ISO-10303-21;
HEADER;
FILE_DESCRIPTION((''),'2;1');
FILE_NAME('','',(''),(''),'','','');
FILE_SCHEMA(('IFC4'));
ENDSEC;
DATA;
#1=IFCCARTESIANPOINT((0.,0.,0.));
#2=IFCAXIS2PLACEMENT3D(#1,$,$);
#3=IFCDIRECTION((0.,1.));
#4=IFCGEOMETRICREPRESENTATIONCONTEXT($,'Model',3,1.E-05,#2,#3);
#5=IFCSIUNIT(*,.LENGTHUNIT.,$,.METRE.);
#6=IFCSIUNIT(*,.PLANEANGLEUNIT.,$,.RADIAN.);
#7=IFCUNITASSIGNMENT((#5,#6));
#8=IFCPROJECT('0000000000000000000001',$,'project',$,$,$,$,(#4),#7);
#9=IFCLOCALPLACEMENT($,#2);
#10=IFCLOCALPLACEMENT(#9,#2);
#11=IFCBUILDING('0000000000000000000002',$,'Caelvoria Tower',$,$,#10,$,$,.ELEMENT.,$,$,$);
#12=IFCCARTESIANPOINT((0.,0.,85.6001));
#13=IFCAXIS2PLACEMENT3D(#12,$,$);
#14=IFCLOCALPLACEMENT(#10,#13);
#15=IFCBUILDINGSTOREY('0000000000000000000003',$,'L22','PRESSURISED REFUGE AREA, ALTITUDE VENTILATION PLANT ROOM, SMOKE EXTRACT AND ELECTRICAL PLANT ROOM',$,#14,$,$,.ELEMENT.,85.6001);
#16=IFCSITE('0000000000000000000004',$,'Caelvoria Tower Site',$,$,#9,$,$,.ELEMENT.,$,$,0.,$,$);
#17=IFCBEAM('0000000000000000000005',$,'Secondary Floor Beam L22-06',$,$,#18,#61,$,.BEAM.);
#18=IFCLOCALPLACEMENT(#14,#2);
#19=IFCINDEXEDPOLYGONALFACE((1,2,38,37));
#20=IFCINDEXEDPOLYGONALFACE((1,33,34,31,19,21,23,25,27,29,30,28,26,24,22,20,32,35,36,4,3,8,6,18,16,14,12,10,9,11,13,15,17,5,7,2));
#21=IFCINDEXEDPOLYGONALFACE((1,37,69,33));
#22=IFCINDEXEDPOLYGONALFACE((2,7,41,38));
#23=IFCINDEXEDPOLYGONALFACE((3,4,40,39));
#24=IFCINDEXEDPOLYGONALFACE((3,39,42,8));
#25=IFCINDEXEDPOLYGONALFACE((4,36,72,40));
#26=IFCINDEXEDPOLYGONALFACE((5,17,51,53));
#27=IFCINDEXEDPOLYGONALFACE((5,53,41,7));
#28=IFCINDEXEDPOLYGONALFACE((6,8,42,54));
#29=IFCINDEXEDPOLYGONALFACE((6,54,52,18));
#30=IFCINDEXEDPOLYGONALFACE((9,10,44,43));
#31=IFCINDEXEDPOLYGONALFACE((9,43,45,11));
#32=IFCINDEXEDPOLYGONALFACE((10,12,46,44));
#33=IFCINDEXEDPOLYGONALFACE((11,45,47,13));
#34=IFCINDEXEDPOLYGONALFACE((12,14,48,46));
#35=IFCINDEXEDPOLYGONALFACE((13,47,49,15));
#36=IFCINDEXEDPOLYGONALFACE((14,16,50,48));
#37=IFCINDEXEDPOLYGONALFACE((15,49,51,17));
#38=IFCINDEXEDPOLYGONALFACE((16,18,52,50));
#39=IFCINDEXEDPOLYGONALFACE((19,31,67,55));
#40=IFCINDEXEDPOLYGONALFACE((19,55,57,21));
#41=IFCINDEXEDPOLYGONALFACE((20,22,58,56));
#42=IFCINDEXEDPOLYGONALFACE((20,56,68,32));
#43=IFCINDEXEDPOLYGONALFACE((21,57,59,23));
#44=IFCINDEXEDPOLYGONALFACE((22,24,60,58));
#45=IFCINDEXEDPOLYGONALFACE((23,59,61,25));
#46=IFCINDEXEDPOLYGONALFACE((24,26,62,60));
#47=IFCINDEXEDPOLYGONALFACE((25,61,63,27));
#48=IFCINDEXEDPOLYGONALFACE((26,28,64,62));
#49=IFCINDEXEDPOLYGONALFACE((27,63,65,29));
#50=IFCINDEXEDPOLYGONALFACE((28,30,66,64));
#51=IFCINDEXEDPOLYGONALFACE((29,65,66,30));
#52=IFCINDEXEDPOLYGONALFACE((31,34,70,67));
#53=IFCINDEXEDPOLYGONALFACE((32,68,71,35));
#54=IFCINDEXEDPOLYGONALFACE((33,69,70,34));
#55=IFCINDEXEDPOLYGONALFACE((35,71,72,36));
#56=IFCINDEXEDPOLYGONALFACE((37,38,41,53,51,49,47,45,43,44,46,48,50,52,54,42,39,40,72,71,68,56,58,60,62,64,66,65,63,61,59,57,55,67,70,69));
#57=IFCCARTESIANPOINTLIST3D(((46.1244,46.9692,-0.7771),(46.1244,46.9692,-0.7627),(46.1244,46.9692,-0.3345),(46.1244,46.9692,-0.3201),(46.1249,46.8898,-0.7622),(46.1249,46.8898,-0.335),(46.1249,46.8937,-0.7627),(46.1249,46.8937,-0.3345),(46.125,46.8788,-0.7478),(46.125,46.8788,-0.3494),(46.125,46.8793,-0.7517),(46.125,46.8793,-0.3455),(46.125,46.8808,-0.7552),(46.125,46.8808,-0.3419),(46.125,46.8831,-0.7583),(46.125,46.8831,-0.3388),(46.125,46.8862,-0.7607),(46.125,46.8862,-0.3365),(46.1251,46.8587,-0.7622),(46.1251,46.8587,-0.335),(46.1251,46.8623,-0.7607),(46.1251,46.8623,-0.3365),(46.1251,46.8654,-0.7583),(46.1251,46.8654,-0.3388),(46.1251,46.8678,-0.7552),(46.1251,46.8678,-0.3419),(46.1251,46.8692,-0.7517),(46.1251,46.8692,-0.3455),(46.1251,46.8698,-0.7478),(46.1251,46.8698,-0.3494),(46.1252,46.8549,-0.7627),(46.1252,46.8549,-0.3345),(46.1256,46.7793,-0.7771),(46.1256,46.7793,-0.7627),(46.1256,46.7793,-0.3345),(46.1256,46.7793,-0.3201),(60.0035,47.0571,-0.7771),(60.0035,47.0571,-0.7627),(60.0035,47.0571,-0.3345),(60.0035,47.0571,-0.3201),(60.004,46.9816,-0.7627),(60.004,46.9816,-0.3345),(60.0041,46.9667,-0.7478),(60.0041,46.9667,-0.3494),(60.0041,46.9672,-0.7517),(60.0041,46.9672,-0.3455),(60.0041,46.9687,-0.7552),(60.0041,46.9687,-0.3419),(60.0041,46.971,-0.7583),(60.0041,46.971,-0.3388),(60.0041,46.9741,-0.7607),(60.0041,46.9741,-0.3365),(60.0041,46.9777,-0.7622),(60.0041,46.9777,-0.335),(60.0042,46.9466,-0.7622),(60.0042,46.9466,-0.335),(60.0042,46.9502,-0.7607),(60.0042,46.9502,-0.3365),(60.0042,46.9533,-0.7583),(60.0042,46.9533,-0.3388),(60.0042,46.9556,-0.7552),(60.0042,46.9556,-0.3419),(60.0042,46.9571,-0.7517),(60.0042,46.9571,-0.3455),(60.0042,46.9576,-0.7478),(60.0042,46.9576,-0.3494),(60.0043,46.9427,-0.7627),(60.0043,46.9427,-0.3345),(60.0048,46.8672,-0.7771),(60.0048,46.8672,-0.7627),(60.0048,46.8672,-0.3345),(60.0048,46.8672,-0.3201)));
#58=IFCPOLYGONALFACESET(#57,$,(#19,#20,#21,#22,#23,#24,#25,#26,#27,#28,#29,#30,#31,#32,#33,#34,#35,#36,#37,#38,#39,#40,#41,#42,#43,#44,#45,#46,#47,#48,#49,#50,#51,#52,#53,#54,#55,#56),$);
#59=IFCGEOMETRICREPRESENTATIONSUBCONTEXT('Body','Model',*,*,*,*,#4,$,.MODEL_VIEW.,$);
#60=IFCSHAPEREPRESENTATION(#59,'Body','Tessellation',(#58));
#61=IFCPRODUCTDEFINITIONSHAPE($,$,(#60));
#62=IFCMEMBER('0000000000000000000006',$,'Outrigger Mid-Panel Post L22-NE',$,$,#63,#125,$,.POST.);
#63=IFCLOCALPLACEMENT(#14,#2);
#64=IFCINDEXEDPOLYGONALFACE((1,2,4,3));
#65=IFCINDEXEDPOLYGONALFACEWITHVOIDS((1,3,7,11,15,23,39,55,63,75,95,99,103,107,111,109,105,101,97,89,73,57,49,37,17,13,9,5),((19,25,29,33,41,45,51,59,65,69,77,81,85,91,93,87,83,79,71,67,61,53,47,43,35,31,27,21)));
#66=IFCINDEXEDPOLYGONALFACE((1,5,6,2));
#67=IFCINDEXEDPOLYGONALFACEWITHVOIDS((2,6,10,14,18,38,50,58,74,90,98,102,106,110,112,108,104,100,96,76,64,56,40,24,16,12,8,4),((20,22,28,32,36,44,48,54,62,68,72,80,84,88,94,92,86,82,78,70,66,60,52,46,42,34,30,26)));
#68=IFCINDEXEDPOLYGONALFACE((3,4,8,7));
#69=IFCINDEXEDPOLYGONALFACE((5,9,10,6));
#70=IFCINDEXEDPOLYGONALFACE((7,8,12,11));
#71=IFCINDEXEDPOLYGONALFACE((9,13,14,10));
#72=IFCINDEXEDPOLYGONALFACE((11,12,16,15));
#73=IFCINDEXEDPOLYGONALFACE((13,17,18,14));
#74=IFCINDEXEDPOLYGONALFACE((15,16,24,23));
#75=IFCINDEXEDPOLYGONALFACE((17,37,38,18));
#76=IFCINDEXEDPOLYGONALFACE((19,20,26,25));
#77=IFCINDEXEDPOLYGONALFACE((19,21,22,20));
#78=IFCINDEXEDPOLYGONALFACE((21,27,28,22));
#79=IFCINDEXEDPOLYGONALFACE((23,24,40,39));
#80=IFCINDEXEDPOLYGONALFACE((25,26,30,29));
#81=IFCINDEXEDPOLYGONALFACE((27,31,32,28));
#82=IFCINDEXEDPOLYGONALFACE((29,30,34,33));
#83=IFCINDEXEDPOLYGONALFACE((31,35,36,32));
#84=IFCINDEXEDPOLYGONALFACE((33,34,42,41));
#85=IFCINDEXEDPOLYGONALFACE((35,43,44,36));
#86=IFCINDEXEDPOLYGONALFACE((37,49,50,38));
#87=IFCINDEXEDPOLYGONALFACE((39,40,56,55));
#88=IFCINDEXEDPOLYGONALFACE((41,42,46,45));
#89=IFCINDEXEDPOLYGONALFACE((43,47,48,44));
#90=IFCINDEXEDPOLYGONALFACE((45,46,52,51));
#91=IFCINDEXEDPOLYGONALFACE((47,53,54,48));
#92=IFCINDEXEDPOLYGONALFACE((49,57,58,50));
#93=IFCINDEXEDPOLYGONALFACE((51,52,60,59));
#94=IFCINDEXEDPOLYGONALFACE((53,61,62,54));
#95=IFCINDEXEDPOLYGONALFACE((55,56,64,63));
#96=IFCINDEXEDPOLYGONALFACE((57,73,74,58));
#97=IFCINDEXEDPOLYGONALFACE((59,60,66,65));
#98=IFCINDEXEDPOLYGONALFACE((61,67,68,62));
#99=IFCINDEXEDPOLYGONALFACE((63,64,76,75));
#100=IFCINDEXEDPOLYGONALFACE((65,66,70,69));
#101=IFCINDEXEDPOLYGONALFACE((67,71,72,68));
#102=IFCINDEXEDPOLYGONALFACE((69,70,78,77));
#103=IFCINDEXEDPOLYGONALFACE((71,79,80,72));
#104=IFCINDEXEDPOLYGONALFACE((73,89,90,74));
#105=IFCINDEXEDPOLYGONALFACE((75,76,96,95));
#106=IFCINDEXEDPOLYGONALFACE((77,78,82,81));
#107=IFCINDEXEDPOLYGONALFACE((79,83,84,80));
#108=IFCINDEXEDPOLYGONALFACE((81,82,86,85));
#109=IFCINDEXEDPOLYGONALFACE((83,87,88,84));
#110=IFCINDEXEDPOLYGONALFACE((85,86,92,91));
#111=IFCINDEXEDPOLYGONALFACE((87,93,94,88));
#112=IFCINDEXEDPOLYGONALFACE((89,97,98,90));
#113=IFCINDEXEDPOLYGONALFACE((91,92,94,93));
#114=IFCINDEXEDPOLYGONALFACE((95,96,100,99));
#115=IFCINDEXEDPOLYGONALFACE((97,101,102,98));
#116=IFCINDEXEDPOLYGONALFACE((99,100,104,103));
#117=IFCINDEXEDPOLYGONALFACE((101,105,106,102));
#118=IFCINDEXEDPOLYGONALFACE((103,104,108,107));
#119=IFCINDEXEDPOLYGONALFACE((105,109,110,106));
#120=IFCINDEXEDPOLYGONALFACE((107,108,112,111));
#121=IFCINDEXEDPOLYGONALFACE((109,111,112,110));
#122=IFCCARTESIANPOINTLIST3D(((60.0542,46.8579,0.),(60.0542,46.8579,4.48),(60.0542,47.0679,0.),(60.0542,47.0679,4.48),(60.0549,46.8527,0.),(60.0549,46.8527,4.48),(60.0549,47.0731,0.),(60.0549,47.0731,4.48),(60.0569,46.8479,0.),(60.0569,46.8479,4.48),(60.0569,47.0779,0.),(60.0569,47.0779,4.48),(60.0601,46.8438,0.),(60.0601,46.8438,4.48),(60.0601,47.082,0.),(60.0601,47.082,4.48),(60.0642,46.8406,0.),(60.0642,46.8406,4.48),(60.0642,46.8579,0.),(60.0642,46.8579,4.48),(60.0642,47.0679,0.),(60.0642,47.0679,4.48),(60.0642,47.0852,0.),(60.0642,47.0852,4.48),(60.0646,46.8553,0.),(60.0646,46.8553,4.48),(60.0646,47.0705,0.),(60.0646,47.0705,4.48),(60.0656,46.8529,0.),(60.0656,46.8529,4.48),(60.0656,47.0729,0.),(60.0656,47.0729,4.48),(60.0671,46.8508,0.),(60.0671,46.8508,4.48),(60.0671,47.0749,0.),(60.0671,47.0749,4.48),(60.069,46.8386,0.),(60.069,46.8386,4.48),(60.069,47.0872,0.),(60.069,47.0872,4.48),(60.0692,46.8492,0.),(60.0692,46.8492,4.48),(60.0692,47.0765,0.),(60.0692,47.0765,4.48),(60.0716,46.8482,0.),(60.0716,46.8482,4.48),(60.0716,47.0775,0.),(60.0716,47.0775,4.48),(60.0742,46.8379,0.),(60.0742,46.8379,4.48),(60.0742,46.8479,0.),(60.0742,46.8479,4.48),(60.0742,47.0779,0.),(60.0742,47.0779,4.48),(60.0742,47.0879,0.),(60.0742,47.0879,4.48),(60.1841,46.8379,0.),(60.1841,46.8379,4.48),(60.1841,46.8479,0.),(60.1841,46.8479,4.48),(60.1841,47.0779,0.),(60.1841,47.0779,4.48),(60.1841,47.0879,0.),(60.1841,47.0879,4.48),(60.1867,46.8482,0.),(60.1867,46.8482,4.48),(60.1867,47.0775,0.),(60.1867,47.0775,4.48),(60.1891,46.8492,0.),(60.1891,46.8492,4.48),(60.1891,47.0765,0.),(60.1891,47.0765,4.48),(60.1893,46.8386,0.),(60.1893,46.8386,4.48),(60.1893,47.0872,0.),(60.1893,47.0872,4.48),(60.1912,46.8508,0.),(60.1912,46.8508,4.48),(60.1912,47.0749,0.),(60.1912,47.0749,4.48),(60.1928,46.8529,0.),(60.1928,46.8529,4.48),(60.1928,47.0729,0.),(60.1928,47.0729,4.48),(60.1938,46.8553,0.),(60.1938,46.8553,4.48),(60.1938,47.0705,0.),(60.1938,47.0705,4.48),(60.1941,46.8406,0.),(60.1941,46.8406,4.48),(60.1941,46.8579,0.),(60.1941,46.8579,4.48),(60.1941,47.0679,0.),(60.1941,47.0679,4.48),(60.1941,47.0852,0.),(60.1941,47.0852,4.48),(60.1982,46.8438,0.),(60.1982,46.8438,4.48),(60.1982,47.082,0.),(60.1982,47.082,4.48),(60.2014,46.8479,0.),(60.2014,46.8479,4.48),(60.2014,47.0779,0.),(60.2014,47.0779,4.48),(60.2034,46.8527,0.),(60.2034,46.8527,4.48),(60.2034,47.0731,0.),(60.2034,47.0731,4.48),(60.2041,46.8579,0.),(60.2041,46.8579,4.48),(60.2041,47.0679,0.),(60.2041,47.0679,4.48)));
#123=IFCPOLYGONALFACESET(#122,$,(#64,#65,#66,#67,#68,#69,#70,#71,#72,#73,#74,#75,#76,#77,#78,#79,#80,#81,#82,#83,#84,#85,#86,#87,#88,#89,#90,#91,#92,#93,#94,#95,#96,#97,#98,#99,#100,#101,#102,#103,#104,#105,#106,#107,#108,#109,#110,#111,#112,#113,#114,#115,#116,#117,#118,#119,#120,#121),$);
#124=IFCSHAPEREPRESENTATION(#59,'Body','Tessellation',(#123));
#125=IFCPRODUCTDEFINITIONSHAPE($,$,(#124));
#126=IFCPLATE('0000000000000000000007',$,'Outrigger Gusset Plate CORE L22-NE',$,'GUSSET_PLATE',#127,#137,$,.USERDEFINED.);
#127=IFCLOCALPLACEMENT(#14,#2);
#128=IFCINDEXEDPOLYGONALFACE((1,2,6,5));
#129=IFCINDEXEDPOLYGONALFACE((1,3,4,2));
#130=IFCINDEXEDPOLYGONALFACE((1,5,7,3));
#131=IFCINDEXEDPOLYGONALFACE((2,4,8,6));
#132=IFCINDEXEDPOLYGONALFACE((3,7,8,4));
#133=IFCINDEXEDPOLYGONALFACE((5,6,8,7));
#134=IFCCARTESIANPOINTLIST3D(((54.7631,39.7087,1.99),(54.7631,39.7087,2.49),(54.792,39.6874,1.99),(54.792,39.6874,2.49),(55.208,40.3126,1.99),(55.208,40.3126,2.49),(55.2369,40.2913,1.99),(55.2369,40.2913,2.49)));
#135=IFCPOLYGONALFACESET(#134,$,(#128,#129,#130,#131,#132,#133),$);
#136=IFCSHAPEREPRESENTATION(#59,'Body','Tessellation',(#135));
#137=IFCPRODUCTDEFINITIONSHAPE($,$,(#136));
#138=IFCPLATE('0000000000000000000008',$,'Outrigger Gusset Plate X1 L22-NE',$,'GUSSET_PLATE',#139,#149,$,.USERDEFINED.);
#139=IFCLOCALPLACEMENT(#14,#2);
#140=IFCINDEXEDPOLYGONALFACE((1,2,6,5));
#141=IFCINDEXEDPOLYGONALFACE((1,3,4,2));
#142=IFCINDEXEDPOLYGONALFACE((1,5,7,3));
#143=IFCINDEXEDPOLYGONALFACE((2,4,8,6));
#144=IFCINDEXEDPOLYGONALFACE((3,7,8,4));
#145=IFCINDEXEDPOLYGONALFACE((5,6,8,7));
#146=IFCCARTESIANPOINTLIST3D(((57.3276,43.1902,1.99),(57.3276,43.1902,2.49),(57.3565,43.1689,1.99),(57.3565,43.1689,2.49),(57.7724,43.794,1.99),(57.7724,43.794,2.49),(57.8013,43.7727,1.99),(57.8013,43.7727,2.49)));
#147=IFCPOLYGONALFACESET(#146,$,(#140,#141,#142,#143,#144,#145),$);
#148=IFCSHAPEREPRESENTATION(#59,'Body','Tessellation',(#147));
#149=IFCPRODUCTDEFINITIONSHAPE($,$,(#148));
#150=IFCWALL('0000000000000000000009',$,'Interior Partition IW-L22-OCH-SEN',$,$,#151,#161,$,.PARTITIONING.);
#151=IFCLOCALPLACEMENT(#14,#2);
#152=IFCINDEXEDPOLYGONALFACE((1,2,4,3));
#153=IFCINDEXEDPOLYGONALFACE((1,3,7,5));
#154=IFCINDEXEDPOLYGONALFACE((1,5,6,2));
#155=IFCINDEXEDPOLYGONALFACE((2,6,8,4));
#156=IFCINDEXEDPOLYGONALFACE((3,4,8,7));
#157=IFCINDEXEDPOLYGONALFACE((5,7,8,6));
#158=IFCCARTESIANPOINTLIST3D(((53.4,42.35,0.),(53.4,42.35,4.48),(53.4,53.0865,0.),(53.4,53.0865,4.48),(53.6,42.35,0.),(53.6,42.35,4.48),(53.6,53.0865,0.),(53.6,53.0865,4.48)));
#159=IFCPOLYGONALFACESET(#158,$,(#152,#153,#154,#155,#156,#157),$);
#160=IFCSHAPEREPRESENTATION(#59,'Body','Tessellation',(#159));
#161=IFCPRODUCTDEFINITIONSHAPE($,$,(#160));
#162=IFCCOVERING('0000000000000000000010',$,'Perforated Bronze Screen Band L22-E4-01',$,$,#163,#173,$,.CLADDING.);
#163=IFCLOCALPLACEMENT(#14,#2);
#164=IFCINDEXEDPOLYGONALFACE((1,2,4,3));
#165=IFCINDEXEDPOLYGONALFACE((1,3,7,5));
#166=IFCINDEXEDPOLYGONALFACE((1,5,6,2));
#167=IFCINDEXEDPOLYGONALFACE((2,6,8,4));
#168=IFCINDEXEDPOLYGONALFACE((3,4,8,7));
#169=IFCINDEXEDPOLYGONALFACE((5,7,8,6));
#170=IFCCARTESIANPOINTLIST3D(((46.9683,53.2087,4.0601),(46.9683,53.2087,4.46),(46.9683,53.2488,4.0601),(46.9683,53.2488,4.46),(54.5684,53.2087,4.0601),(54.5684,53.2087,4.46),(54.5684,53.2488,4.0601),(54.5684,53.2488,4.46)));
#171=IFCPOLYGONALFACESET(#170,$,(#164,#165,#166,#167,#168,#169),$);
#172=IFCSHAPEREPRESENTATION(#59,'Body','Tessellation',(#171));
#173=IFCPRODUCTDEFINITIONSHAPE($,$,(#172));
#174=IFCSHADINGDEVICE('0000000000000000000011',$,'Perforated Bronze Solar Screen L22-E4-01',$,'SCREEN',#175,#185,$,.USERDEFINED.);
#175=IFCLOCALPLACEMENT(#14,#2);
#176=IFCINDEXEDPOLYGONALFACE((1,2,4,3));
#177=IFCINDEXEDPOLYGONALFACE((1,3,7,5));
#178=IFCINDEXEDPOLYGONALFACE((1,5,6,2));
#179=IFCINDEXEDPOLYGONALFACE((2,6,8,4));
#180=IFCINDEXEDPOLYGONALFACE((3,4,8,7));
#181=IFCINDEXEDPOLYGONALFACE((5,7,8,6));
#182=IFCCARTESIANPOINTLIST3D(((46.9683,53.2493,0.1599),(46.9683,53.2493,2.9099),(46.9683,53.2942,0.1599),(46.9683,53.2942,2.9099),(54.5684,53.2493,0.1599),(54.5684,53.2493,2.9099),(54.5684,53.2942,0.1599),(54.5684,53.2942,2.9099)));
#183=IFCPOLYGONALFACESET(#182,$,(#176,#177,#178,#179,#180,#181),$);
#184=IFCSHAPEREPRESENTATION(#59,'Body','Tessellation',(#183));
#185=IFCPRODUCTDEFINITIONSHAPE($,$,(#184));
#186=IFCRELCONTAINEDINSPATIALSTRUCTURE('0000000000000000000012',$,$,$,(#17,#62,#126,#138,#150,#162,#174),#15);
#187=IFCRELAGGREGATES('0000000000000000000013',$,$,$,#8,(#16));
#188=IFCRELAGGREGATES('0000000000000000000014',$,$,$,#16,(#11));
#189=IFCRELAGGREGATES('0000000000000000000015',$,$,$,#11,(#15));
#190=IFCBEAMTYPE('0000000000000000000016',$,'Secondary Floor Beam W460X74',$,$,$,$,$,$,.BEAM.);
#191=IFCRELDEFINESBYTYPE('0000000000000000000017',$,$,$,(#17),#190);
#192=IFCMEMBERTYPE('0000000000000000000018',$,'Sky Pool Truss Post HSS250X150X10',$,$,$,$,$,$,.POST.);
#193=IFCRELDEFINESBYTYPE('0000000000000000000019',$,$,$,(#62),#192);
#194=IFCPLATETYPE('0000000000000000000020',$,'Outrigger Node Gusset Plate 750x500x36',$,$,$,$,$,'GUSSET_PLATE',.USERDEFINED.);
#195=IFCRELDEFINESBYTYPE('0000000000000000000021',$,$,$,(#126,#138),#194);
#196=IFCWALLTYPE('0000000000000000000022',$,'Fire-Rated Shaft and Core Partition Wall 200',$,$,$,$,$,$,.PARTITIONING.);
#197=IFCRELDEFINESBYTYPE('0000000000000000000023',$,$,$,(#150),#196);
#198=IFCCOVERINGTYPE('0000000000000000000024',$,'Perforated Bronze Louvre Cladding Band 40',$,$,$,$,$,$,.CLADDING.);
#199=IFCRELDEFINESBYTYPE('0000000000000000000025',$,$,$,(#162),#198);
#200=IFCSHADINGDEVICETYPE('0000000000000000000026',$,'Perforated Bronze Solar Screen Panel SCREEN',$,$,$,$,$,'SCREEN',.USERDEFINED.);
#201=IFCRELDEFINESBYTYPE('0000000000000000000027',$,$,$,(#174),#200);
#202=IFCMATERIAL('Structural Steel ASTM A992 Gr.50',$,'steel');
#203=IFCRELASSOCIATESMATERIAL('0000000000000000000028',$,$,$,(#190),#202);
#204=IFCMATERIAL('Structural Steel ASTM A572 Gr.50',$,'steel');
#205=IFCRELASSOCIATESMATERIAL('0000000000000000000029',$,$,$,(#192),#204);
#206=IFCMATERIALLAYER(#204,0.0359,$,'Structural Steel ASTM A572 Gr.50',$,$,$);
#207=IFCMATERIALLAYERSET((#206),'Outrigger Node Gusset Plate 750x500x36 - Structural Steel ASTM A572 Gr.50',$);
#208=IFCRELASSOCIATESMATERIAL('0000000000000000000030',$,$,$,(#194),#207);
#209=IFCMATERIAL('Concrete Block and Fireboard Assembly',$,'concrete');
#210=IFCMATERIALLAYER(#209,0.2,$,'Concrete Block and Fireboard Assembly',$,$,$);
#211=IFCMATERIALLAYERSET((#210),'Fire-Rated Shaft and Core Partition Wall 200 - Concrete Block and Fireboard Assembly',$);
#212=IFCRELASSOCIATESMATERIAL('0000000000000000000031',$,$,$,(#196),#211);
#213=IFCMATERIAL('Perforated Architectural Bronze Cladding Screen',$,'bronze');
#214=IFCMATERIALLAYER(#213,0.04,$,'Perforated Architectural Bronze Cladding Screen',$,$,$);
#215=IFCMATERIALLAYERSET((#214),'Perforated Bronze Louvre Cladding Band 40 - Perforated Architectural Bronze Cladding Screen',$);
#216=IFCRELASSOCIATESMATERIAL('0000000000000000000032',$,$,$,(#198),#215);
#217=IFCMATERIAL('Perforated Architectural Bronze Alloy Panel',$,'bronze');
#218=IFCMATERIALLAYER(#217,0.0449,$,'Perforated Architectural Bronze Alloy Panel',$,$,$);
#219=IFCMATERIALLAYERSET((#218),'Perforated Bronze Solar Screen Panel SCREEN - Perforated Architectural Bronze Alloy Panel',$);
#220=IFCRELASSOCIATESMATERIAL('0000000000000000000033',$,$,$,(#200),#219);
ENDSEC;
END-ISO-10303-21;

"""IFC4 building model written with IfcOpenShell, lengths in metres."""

from ifc_helpers import new_model, si_unit, direction, frame, frame_2d, origin, origin_2d, place, context, subcontext, project, spatial, rectangle, hollow_rectangle, i_section, extrude, material, layer, layer_set, material_profile, profile_set, type_object, element, save


model = new_model("IFC4")

# Units and contexts
model_context = context("Model", 3, precision=1e-05, world=origin(), true_north=direction((0.0, 1.0)))
body_context = subcontext(model_context, "Body", "Model", "MODEL_VIEW")
ifc_project = project(units=[si_unit("LENGTHUNIT", "METRE"), si_unit("PLANEANGLEUNIT", "RADIAN")], contexts=[model_context])

# Site, building, storey
site_placement = place(None, origin())
site = spatial("IfcSite", under=ifc_project, at=site_placement, Name="Caelvoria Tower Site", CompositionType="ELEMENT", RefElevation=0.0)
building_placement = place(site_placement, origin())
building = spatial("IfcBuilding", under=site, at=building_placement, Name="Caelvoria Tower", CompositionType="ELEMENT")
storey_placement = place(building_placement, frame((0.0, 0.0, 85.6001)))
storey = spatial("IfcBuildingStorey", under=building, at=storey_placement, Name="L22", Description="PRESSURISED REFUGE AREA, ALTITUDE VENTILATION PLANT ROOM, SMOKE EXTRACT AND ELECTRICAL PLANT ROOM", CompositionType="ELEMENT", Elevation=85.6001)

# Shared definitions
ifc_material_1 = material(Name="Structural Steel ASTM A572 Gr.50", Category="steel")

# Beam
ifc_material_2 = material(Name="Structural Steel ASTM A992 Gr.50", Category="steel")
ifc_material_profile_1 = material_profile(ifc_material_2, i_section(OverallWidth=0.1899, OverallDepth=0.457, WebThickness=0.009, FlangeThickness=0.0144, FilletRadius=0.0149, at=origin_2d()), Name="Structural Steel ASTM A992 Gr.50")
ifc_profile_set_1 = profile_set([ifc_material_profile_1], Name="W460X74 - Structural Steel ASTM A992 Gr.50")
beam_type_1 = type_object("IfcBeamType", Name="Secondary Floor Beam W460X74", PredefinedType="BEAM", material=ifc_profile_set_1)
beam_1_placement = place(storey_placement, frame((60.0042, 46.9622, -0.5486), z_axis=(-0.99998, -0.006332, 0.0), x_axis=(0.006332, -0.99998, 0.0)))
element("IfcBeam", 1, at=beam_1_placement, inside=storey, type_object=beam_type_1, Name="Secondary Floor Beam L22-06", PredefinedType="BEAM", context=body_context, shape_type="SweptSolid", body=[
    extrude(i_section(OverallWidth=0.1899, OverallDepth=0.457, WebThickness=0.009, FlangeThickness=0.0144, FilletRadius=0.0149, at=origin_2d()), origin(), (0.0, 0.0, 1.0), 13.8794),
])

# Member
ifc_material_profile_2 = material_profile(ifc_material_1, hollow_rectangle(XDim=0.1499, YDim=0.25, WallThickness=0.01, InnerFilletRadius=0.01, OuterFilletRadius=0.02, at=origin_2d()), Name="Structural Steel ASTM A572 Gr.50")
ifc_profile_set_2 = profile_set([ifc_material_profile_2], Name="HSS250X150X10 - Structural Steel ASTM A572 Gr.50")
member_type_1 = type_object("IfcMemberType", Name="Sky Pool Truss Post HSS250X150X10", PredefinedType="POST", material=ifc_profile_set_2)
member_1_placement = place(storey_placement, frame((60.1292, 46.9629, 0.0), z_axis=(0.0, 0.0, 1.0), x_axis=(1.0, 0.0, 0.0)))
element("IfcMember", 2, at=member_1_placement, inside=storey, type_object=member_type_1, Name="Outrigger Mid-Panel Post L22-NE", PredefinedType="POST", context=body_context, shape_type="SweptSolid", body=[
    extrude(hollow_rectangle(XDim=0.1499, YDim=0.25, WallThickness=0.01, InnerFilletRadius=0.01, OuterFilletRadius=0.02, at=origin_2d()), origin(), (0.0, 0.0, 1.0), 4.48),
])

# Plates
ifc_layer_1 = layer(ifc_material_1, 0.0359, Name="Structural Steel ASTM A572 Gr.50")
ifc_layer_set_1 = layer_set([ifc_layer_1], Name="Outrigger Node Gusset Plate 750x500x36 - Structural Steel ASTM A572 Gr.50")
plate_type = type_object("IfcPlateType", Name="Outrigger Node Gusset Plate 750x500x36", ElementType="GUSSET_PLATE", PredefinedType="USERDEFINED", material=ifc_layer_set_1)
for number, where, z_axis, x_axis, name in (
    (3, (55.0, 40.0, 1.99), (0.0, 0.0, 1.0), (0.593093, 0.805134, 0.0), "Outrigger Gusset Plate CORE L22-NE"),
    (4, (57.5645, 43.4814, 1.99), (0.0, 0.0, 1.0), (0.593093, 0.805134, 0.0), "Outrigger Gusset Plate X1 L22-NE"),
):
    element("IfcPlate", number, at=place(storey_placement, frame(where, z_axis=z_axis, x_axis=x_axis)), inside=storey, type_object=plate_type, Name=name, ObjectType="GUSSET_PLATE", PredefinedType="USERDEFINED", context=body_context, shape_type="SweptSolid", body=[
        extrude(rectangle(XDim=0.75, YDim=0.0359, at=origin_2d()), origin(), (0.0, 0.0, 1.0), 0.5),
    ])

# Wall
ifc_material_3 = material(Name="Concrete Block and Fireboard Assembly", Category="concrete")
ifc_layer_2 = layer(ifc_material_3, 0.2, Name="Concrete Block and Fireboard Assembly")
ifc_layer_set_2 = layer_set([ifc_layer_2], Name="Fire-Rated Shaft and Core Partition Wall 200 - Concrete Block and Fireboard Assembly")
wall_type = type_object("IfcWallType", Name="Fire-Rated Shaft and Core Partition Wall 200", PredefinedType="PARTITIONING", material=ifc_layer_set_2)
wall_placement = place(storey_placement, frame((53.5, 42.3501, 0.0), z_axis=(0.0, 0.0, 1.0), x_axis=(0.0, 1.0, 0.0)))
element("IfcWall", 5, at=wall_placement, inside=storey, type_object=wall_type, Name="Interior Partition IW-L22-OCH-SEN", PredefinedType="PARTITIONING", context=body_context, shape_type="SweptSolid", body=[
    extrude(rectangle(XDim=10.7366, YDim=0.2, at=frame_2d((5.3682, 0.0))), origin(), (0.0, 0.0, 1.0), 4.48),
])

# Covering
ifc_material_4 = material(Name="Perforated Architectural Bronze Cladding Screen", Category="bronze")
ifc_layer_3 = layer(ifc_material_4, 0.04, Name="Perforated Architectural Bronze Cladding Screen")
ifc_layer_set_3 = layer_set([ifc_layer_3], Name="Perforated Bronze Louvre Cladding Band 40 - Perforated Architectural Bronze Cladding Screen")
covering_type = type_object("IfcCoveringType", Name="Perforated Bronze Louvre Cladding Band 40", PredefinedType="CLADDING", material=ifc_layer_set_3)
covering_placement = place(storey_placement, frame((50.7683, 53.2288, 4.0601), z_axis=(0.0, 0.0, 1.0), x_axis=(-1.0, 0.0, 0.0)))
element("IfcCovering", 6, at=covering_placement, inside=storey, type_object=covering_type, Name="Perforated Bronze Screen Band L22-E4-01", PredefinedType="CLADDING", context=body_context, shape_type="SweptSolid", body=[
    extrude(rectangle(XDim=7.6001, YDim=0.04, at=origin_2d()), origin(), (0.0, 0.0, 1.0), 0.3999),
])

# Shading device
ifc_material_5 = material(Name="Perforated Architectural Bronze Alloy Panel", Category="bronze")
ifc_layer_4 = layer(ifc_material_5, 0.0449, Name="Perforated Architectural Bronze Alloy Panel")
ifc_layer_set_4 = layer_set([ifc_layer_4], Name="Perforated Bronze Solar Screen Panel SCREEN - Perforated Architectural Bronze Alloy Panel")
shading_device_type = type_object("IfcShadingDeviceType", Name="Perforated Bronze Solar Screen Panel SCREEN", ElementType="SCREEN", PredefinedType="USERDEFINED", material=ifc_layer_set_4)
shading_device_placement = place(storey_placement, frame((50.7683, 53.2717, 0.1599), z_axis=(0.0, 0.0, 1.0), x_axis=(-1.0, 0.0, 0.0)))
element("IfcShadingDevice", 7, at=shading_device_placement, inside=storey, type_object=shading_device_type, Name="Perforated Bronze Solar Screen L22-E4-01", ObjectType="SCREEN", PredefinedType="USERDEFINED", context=body_context, shape_type="SweptSolid", body=[
    extrude(rectangle(XDim=7.6001, YDim=0.0449, at=origin_2d()), origin(), (0.0, 0.0, 1.0), 2.75),
])

save(model, "model.ifc")
